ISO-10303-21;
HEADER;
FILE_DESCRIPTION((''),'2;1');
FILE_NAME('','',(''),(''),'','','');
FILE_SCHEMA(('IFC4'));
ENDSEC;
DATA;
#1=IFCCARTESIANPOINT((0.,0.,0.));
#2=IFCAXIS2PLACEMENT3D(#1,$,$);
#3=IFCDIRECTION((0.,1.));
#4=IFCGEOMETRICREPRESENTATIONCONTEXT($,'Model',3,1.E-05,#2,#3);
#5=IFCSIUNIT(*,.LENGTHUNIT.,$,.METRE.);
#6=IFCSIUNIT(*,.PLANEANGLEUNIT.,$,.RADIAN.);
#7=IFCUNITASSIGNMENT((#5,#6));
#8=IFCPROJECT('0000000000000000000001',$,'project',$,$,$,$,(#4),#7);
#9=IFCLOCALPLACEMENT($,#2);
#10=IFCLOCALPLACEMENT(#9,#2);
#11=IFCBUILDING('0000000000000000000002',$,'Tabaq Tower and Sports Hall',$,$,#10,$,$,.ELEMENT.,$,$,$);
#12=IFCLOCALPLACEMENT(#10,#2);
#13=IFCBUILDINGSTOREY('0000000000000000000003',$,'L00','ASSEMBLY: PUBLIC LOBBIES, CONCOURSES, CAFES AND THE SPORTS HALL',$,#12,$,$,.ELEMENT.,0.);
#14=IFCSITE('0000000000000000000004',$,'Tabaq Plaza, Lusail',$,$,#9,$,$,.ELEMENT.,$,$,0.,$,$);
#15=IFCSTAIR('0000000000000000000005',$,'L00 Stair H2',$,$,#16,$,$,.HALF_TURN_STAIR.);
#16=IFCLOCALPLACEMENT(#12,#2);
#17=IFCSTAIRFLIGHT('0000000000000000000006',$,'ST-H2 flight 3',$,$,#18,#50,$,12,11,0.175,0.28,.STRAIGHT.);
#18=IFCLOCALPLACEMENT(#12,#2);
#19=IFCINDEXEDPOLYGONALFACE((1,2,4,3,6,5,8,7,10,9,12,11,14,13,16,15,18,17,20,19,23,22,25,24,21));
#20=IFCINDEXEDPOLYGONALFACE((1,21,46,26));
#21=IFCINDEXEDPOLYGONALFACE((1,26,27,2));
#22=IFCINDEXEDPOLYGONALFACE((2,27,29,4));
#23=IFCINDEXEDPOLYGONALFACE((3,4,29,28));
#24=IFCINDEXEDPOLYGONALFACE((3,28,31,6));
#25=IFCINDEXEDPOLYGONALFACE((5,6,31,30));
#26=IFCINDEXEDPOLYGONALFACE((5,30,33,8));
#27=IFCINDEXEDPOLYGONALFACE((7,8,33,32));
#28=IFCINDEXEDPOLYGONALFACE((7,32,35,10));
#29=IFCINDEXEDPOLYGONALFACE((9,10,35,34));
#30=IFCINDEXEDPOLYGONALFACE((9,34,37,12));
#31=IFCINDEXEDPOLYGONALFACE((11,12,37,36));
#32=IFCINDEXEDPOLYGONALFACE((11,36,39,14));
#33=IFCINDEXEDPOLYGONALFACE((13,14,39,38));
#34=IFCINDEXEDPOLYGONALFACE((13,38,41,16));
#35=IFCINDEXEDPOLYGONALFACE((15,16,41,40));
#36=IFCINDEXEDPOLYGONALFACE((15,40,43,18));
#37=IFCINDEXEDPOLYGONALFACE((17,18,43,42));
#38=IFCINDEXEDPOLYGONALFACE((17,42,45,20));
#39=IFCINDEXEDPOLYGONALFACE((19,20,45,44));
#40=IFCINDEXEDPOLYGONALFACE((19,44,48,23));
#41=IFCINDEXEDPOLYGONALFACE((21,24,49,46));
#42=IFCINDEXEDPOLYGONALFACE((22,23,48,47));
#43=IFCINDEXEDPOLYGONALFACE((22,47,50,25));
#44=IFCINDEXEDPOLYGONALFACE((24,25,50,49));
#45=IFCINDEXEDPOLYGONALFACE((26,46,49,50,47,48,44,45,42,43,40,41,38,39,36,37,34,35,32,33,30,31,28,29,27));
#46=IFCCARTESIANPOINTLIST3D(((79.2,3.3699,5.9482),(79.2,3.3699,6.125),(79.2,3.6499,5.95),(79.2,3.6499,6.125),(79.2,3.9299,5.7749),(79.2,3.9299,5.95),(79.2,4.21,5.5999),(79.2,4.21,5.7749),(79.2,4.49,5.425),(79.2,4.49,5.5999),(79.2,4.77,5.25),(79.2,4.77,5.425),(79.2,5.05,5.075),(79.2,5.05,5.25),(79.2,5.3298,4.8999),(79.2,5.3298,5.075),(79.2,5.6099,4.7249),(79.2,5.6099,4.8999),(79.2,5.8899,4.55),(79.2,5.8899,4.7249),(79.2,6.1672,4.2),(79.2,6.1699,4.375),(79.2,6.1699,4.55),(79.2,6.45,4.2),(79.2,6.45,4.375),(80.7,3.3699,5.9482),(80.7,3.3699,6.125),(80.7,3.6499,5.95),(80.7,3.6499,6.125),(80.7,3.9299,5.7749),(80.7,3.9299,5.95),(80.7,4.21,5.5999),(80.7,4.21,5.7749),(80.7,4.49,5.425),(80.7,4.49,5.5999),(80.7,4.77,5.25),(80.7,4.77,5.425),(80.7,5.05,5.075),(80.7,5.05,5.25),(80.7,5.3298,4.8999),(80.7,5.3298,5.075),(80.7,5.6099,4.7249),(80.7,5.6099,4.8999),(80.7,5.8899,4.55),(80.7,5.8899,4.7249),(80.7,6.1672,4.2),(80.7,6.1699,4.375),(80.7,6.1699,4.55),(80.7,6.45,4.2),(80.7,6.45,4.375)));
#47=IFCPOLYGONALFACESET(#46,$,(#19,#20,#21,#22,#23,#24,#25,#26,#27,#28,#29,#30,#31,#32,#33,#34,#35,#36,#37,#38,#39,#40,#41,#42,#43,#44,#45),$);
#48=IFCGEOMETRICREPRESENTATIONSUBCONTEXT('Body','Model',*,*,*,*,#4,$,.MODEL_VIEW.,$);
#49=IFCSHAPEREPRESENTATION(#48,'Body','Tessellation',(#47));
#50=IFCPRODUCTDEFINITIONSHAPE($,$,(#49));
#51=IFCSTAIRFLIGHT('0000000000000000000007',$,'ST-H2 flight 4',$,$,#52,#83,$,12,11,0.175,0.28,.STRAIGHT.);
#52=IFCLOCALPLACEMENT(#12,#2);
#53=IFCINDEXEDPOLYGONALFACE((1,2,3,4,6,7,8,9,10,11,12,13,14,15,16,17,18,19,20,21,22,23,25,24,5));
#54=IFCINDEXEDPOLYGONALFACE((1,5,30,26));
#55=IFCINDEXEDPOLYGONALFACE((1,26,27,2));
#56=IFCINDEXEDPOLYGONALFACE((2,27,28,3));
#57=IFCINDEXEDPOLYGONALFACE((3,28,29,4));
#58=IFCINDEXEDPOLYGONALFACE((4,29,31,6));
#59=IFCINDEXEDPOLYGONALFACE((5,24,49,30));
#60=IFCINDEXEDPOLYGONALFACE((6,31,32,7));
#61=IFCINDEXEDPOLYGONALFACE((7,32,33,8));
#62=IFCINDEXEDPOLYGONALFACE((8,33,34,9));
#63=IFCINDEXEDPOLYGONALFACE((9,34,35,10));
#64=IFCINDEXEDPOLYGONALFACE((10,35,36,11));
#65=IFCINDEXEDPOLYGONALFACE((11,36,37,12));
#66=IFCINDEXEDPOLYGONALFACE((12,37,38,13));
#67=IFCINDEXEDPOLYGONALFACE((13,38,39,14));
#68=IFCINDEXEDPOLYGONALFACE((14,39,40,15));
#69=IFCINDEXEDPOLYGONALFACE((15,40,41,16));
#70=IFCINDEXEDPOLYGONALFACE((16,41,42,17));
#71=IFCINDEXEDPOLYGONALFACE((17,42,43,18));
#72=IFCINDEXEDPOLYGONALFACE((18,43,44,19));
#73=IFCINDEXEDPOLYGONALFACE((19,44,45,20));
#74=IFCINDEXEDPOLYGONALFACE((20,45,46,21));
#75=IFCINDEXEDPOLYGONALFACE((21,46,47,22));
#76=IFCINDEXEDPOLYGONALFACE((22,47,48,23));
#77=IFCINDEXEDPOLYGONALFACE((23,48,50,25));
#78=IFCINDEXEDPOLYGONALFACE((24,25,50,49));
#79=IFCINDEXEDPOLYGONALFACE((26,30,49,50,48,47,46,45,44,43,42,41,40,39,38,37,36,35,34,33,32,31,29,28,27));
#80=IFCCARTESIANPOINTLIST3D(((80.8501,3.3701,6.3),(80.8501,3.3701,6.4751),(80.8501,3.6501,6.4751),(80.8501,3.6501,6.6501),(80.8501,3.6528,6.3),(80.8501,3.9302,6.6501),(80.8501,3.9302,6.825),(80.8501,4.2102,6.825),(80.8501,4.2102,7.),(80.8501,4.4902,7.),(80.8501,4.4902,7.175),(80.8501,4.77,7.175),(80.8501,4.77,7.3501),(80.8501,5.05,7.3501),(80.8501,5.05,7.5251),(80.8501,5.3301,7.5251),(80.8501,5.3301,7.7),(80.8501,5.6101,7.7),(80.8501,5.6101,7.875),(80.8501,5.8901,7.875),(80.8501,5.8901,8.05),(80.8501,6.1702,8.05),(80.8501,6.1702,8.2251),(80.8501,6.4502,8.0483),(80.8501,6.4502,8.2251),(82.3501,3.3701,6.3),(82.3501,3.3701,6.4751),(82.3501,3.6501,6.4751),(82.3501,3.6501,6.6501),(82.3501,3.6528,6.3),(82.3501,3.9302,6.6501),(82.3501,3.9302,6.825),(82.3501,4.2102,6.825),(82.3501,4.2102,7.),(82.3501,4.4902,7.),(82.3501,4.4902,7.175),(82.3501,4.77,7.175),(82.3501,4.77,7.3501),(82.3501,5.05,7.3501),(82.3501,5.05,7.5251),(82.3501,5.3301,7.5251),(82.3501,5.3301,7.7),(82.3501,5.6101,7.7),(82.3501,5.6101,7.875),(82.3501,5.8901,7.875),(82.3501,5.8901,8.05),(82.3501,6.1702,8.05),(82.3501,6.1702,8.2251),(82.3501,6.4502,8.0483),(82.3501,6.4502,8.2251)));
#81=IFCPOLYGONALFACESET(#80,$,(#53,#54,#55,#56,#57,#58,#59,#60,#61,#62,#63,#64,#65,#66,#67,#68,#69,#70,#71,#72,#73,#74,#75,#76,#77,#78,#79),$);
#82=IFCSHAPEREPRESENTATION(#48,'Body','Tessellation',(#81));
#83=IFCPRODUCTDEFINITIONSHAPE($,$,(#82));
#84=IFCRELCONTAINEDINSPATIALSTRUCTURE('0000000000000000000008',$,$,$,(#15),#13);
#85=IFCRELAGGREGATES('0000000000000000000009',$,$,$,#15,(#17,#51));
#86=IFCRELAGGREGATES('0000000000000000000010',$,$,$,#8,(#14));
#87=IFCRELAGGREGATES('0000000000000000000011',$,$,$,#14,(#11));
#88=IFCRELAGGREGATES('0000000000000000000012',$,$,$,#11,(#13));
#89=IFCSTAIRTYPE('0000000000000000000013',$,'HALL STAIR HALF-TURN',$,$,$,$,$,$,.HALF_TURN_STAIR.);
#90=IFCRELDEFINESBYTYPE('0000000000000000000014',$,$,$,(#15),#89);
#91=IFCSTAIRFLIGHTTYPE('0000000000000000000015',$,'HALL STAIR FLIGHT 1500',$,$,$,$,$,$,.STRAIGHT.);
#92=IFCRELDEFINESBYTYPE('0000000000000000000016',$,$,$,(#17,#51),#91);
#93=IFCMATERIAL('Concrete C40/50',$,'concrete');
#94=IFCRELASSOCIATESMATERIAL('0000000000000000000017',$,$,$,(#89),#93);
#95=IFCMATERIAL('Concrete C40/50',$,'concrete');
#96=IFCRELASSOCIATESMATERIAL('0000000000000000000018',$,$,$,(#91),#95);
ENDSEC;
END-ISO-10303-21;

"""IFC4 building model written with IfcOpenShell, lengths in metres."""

from ifc_helpers import new_model, si_unit, direction, frame, origin, place, context, subcontext, project, spatial, polyline, outline, extrude, material, type_object, element, aggregate, save


model = new_model("IFC4")

# Units and contexts
model_context = context("Model", 3, precision=1e-05, world=origin(), true_north=direction((0.0, 1.0)))
body_context = subcontext(model_context, "Body", "Model", "MODEL_VIEW")
ifc_project = project(units=[si_unit("LENGTHUNIT", "METRE"), si_unit("PLANEANGLEUNIT", "RADIAN")], contexts=[model_context])

# Site, building, storey
site_placement = place(None, origin())
site = spatial("IfcSite", under=ifc_project, at=site_placement, Name="Tabaq Plaza, Lusail", CompositionType="ELEMENT", RefElevation=0.0)
building_placement = place(site_placement, origin())
building = spatial("IfcBuilding", under=site, at=building_placement, Name="Tabaq Tower and Sports Hall", CompositionType="ELEMENT")
storey_placement = place(building_placement, origin())
storey = spatial("IfcBuildingStorey", under=building, at=storey_placement, Name="L00", Description="ASSEMBLY: PUBLIC LOBBIES, CONCOURSES, CAFES AND THE SPORTS HALL", CompositionType="ELEMENT", Elevation=0.0)

# Stair, stair flights
ifc_material_1 = material(Name="Concrete C40/50", Category="concrete")
stair_type = type_object("IfcStairType", Name="HALL STAIR HALF-TURN", PredefinedType="HALF_TURN_STAIR", material=ifc_material_1)
ifc_material_2 = material(Name="Concrete C40/50", Category="concrete")
stair_flight_type = type_object("IfcStairFlightType", Name="HALL STAIR FLIGHT 1500", PredefinedType="STRAIGHT", material=ifc_material_2)
stair_1_placement = place(storey_placement, origin())
stair_1 = element("IfcStair", 1, at=stair_1_placement, inside=storey, type_object=stair_type, Name="L00 Stair H2", PredefinedType="HALF_TURN_STAIR")
stair_flight_1_placement = place(storey_placement, frame((79.95, 6.45, 4.2), z_axis=(0.0, 0.0, 1.0), x_axis=(0.0, -1.0, 0.0)))
stair_flight_1 = element("IfcStairFlight", 2, at=stair_flight_1_placement, type_object=stair_flight_type, Name="ST-H2 flight 3", NumberOfRisers=12, NumberOfTreads=11, PredefinedType="STRAIGHT", RiserHeight=0.175, TreadLength=0.28, context=body_context, shape_type="SweptSolid", body=[
    extrude(outline(polyline([(0.0, 0.0), (0.0, 0.175), (0.28, 0.175), (0.28, 0.3501), (0.5601, 0.3501), (0.5601, 0.5249), (0.8401, 0.5249), (0.8401, 0.7), (1.1201, 0.7), (1.1201, 0.875), (1.3999, 0.875), (1.3999, 1.05), (1.6799, 1.05), (1.6799, 1.2251), (1.96, 1.2251), (1.96, 1.3999), (2.24, 1.3999), (2.24, 1.575), (2.52, 1.575), (2.52, 1.75), (2.8, 1.75), (2.8, 1.925), (3.0801, 1.925), (3.0801, 2.1001), (3.0801, 1.7483), (0.2827, 0.0), (0.0, 0.0)])), frame((0.0, 0.75, 0.0), z_axis=(0.0, -1.0, 0.0), x_axis=(1.0, 0.0, 0.0)), (0.0, 0.0, 1.0), 1.5),
])
stair_flight_2_placement = place(storey_placement, frame((81.6001, 3.3701, 6.3), z_axis=(0.0, 0.0, 1.0), x_axis=(0.0, 1.0, 0.0)))
stair_flight_2 = element("IfcStairFlight", 3, at=stair_flight_2_placement, type_object=stair_flight_type, Name="ST-H2 flight 4", NumberOfRisers=12, NumberOfTreads=11, PredefinedType="STRAIGHT", RiserHeight=0.175, TreadLength=0.28, context=body_context, shape_type="SweptSolid", body=[
    extrude(outline(polyline([(0.0, 0.0), (0.0, 0.175), (0.28, 0.175), (0.28, 0.3501), (0.5601, 0.3501), (0.5601, 0.5249), (0.8401, 0.5249), (0.8401, 0.7), (1.1201, 0.7), (1.1201, 0.875), (1.3999, 0.875), (1.3999, 1.05), (1.6799, 1.05), (1.6799, 1.2251), (1.96, 1.2251), (1.96, 1.3999), (2.24, 1.3999), (2.24, 1.575), (2.52, 1.575), (2.52, 1.75), (2.8, 1.75), (2.8, 1.925), (3.0801, 1.925), (3.0801, 2.1001), (3.0801, 1.7483), (0.2827, 0.0), (0.0, 0.0)])), frame((0.0, 0.75, 0.0), z_axis=(0.0, -1.0, 0.0), x_axis=(1.0, 0.0, 0.0)), (0.0, 0.0, 1.0), 1.5),
])
aggregate(stair_1, [stair_flight_1, stair_flight_2])

save(model, "model.ifc")
